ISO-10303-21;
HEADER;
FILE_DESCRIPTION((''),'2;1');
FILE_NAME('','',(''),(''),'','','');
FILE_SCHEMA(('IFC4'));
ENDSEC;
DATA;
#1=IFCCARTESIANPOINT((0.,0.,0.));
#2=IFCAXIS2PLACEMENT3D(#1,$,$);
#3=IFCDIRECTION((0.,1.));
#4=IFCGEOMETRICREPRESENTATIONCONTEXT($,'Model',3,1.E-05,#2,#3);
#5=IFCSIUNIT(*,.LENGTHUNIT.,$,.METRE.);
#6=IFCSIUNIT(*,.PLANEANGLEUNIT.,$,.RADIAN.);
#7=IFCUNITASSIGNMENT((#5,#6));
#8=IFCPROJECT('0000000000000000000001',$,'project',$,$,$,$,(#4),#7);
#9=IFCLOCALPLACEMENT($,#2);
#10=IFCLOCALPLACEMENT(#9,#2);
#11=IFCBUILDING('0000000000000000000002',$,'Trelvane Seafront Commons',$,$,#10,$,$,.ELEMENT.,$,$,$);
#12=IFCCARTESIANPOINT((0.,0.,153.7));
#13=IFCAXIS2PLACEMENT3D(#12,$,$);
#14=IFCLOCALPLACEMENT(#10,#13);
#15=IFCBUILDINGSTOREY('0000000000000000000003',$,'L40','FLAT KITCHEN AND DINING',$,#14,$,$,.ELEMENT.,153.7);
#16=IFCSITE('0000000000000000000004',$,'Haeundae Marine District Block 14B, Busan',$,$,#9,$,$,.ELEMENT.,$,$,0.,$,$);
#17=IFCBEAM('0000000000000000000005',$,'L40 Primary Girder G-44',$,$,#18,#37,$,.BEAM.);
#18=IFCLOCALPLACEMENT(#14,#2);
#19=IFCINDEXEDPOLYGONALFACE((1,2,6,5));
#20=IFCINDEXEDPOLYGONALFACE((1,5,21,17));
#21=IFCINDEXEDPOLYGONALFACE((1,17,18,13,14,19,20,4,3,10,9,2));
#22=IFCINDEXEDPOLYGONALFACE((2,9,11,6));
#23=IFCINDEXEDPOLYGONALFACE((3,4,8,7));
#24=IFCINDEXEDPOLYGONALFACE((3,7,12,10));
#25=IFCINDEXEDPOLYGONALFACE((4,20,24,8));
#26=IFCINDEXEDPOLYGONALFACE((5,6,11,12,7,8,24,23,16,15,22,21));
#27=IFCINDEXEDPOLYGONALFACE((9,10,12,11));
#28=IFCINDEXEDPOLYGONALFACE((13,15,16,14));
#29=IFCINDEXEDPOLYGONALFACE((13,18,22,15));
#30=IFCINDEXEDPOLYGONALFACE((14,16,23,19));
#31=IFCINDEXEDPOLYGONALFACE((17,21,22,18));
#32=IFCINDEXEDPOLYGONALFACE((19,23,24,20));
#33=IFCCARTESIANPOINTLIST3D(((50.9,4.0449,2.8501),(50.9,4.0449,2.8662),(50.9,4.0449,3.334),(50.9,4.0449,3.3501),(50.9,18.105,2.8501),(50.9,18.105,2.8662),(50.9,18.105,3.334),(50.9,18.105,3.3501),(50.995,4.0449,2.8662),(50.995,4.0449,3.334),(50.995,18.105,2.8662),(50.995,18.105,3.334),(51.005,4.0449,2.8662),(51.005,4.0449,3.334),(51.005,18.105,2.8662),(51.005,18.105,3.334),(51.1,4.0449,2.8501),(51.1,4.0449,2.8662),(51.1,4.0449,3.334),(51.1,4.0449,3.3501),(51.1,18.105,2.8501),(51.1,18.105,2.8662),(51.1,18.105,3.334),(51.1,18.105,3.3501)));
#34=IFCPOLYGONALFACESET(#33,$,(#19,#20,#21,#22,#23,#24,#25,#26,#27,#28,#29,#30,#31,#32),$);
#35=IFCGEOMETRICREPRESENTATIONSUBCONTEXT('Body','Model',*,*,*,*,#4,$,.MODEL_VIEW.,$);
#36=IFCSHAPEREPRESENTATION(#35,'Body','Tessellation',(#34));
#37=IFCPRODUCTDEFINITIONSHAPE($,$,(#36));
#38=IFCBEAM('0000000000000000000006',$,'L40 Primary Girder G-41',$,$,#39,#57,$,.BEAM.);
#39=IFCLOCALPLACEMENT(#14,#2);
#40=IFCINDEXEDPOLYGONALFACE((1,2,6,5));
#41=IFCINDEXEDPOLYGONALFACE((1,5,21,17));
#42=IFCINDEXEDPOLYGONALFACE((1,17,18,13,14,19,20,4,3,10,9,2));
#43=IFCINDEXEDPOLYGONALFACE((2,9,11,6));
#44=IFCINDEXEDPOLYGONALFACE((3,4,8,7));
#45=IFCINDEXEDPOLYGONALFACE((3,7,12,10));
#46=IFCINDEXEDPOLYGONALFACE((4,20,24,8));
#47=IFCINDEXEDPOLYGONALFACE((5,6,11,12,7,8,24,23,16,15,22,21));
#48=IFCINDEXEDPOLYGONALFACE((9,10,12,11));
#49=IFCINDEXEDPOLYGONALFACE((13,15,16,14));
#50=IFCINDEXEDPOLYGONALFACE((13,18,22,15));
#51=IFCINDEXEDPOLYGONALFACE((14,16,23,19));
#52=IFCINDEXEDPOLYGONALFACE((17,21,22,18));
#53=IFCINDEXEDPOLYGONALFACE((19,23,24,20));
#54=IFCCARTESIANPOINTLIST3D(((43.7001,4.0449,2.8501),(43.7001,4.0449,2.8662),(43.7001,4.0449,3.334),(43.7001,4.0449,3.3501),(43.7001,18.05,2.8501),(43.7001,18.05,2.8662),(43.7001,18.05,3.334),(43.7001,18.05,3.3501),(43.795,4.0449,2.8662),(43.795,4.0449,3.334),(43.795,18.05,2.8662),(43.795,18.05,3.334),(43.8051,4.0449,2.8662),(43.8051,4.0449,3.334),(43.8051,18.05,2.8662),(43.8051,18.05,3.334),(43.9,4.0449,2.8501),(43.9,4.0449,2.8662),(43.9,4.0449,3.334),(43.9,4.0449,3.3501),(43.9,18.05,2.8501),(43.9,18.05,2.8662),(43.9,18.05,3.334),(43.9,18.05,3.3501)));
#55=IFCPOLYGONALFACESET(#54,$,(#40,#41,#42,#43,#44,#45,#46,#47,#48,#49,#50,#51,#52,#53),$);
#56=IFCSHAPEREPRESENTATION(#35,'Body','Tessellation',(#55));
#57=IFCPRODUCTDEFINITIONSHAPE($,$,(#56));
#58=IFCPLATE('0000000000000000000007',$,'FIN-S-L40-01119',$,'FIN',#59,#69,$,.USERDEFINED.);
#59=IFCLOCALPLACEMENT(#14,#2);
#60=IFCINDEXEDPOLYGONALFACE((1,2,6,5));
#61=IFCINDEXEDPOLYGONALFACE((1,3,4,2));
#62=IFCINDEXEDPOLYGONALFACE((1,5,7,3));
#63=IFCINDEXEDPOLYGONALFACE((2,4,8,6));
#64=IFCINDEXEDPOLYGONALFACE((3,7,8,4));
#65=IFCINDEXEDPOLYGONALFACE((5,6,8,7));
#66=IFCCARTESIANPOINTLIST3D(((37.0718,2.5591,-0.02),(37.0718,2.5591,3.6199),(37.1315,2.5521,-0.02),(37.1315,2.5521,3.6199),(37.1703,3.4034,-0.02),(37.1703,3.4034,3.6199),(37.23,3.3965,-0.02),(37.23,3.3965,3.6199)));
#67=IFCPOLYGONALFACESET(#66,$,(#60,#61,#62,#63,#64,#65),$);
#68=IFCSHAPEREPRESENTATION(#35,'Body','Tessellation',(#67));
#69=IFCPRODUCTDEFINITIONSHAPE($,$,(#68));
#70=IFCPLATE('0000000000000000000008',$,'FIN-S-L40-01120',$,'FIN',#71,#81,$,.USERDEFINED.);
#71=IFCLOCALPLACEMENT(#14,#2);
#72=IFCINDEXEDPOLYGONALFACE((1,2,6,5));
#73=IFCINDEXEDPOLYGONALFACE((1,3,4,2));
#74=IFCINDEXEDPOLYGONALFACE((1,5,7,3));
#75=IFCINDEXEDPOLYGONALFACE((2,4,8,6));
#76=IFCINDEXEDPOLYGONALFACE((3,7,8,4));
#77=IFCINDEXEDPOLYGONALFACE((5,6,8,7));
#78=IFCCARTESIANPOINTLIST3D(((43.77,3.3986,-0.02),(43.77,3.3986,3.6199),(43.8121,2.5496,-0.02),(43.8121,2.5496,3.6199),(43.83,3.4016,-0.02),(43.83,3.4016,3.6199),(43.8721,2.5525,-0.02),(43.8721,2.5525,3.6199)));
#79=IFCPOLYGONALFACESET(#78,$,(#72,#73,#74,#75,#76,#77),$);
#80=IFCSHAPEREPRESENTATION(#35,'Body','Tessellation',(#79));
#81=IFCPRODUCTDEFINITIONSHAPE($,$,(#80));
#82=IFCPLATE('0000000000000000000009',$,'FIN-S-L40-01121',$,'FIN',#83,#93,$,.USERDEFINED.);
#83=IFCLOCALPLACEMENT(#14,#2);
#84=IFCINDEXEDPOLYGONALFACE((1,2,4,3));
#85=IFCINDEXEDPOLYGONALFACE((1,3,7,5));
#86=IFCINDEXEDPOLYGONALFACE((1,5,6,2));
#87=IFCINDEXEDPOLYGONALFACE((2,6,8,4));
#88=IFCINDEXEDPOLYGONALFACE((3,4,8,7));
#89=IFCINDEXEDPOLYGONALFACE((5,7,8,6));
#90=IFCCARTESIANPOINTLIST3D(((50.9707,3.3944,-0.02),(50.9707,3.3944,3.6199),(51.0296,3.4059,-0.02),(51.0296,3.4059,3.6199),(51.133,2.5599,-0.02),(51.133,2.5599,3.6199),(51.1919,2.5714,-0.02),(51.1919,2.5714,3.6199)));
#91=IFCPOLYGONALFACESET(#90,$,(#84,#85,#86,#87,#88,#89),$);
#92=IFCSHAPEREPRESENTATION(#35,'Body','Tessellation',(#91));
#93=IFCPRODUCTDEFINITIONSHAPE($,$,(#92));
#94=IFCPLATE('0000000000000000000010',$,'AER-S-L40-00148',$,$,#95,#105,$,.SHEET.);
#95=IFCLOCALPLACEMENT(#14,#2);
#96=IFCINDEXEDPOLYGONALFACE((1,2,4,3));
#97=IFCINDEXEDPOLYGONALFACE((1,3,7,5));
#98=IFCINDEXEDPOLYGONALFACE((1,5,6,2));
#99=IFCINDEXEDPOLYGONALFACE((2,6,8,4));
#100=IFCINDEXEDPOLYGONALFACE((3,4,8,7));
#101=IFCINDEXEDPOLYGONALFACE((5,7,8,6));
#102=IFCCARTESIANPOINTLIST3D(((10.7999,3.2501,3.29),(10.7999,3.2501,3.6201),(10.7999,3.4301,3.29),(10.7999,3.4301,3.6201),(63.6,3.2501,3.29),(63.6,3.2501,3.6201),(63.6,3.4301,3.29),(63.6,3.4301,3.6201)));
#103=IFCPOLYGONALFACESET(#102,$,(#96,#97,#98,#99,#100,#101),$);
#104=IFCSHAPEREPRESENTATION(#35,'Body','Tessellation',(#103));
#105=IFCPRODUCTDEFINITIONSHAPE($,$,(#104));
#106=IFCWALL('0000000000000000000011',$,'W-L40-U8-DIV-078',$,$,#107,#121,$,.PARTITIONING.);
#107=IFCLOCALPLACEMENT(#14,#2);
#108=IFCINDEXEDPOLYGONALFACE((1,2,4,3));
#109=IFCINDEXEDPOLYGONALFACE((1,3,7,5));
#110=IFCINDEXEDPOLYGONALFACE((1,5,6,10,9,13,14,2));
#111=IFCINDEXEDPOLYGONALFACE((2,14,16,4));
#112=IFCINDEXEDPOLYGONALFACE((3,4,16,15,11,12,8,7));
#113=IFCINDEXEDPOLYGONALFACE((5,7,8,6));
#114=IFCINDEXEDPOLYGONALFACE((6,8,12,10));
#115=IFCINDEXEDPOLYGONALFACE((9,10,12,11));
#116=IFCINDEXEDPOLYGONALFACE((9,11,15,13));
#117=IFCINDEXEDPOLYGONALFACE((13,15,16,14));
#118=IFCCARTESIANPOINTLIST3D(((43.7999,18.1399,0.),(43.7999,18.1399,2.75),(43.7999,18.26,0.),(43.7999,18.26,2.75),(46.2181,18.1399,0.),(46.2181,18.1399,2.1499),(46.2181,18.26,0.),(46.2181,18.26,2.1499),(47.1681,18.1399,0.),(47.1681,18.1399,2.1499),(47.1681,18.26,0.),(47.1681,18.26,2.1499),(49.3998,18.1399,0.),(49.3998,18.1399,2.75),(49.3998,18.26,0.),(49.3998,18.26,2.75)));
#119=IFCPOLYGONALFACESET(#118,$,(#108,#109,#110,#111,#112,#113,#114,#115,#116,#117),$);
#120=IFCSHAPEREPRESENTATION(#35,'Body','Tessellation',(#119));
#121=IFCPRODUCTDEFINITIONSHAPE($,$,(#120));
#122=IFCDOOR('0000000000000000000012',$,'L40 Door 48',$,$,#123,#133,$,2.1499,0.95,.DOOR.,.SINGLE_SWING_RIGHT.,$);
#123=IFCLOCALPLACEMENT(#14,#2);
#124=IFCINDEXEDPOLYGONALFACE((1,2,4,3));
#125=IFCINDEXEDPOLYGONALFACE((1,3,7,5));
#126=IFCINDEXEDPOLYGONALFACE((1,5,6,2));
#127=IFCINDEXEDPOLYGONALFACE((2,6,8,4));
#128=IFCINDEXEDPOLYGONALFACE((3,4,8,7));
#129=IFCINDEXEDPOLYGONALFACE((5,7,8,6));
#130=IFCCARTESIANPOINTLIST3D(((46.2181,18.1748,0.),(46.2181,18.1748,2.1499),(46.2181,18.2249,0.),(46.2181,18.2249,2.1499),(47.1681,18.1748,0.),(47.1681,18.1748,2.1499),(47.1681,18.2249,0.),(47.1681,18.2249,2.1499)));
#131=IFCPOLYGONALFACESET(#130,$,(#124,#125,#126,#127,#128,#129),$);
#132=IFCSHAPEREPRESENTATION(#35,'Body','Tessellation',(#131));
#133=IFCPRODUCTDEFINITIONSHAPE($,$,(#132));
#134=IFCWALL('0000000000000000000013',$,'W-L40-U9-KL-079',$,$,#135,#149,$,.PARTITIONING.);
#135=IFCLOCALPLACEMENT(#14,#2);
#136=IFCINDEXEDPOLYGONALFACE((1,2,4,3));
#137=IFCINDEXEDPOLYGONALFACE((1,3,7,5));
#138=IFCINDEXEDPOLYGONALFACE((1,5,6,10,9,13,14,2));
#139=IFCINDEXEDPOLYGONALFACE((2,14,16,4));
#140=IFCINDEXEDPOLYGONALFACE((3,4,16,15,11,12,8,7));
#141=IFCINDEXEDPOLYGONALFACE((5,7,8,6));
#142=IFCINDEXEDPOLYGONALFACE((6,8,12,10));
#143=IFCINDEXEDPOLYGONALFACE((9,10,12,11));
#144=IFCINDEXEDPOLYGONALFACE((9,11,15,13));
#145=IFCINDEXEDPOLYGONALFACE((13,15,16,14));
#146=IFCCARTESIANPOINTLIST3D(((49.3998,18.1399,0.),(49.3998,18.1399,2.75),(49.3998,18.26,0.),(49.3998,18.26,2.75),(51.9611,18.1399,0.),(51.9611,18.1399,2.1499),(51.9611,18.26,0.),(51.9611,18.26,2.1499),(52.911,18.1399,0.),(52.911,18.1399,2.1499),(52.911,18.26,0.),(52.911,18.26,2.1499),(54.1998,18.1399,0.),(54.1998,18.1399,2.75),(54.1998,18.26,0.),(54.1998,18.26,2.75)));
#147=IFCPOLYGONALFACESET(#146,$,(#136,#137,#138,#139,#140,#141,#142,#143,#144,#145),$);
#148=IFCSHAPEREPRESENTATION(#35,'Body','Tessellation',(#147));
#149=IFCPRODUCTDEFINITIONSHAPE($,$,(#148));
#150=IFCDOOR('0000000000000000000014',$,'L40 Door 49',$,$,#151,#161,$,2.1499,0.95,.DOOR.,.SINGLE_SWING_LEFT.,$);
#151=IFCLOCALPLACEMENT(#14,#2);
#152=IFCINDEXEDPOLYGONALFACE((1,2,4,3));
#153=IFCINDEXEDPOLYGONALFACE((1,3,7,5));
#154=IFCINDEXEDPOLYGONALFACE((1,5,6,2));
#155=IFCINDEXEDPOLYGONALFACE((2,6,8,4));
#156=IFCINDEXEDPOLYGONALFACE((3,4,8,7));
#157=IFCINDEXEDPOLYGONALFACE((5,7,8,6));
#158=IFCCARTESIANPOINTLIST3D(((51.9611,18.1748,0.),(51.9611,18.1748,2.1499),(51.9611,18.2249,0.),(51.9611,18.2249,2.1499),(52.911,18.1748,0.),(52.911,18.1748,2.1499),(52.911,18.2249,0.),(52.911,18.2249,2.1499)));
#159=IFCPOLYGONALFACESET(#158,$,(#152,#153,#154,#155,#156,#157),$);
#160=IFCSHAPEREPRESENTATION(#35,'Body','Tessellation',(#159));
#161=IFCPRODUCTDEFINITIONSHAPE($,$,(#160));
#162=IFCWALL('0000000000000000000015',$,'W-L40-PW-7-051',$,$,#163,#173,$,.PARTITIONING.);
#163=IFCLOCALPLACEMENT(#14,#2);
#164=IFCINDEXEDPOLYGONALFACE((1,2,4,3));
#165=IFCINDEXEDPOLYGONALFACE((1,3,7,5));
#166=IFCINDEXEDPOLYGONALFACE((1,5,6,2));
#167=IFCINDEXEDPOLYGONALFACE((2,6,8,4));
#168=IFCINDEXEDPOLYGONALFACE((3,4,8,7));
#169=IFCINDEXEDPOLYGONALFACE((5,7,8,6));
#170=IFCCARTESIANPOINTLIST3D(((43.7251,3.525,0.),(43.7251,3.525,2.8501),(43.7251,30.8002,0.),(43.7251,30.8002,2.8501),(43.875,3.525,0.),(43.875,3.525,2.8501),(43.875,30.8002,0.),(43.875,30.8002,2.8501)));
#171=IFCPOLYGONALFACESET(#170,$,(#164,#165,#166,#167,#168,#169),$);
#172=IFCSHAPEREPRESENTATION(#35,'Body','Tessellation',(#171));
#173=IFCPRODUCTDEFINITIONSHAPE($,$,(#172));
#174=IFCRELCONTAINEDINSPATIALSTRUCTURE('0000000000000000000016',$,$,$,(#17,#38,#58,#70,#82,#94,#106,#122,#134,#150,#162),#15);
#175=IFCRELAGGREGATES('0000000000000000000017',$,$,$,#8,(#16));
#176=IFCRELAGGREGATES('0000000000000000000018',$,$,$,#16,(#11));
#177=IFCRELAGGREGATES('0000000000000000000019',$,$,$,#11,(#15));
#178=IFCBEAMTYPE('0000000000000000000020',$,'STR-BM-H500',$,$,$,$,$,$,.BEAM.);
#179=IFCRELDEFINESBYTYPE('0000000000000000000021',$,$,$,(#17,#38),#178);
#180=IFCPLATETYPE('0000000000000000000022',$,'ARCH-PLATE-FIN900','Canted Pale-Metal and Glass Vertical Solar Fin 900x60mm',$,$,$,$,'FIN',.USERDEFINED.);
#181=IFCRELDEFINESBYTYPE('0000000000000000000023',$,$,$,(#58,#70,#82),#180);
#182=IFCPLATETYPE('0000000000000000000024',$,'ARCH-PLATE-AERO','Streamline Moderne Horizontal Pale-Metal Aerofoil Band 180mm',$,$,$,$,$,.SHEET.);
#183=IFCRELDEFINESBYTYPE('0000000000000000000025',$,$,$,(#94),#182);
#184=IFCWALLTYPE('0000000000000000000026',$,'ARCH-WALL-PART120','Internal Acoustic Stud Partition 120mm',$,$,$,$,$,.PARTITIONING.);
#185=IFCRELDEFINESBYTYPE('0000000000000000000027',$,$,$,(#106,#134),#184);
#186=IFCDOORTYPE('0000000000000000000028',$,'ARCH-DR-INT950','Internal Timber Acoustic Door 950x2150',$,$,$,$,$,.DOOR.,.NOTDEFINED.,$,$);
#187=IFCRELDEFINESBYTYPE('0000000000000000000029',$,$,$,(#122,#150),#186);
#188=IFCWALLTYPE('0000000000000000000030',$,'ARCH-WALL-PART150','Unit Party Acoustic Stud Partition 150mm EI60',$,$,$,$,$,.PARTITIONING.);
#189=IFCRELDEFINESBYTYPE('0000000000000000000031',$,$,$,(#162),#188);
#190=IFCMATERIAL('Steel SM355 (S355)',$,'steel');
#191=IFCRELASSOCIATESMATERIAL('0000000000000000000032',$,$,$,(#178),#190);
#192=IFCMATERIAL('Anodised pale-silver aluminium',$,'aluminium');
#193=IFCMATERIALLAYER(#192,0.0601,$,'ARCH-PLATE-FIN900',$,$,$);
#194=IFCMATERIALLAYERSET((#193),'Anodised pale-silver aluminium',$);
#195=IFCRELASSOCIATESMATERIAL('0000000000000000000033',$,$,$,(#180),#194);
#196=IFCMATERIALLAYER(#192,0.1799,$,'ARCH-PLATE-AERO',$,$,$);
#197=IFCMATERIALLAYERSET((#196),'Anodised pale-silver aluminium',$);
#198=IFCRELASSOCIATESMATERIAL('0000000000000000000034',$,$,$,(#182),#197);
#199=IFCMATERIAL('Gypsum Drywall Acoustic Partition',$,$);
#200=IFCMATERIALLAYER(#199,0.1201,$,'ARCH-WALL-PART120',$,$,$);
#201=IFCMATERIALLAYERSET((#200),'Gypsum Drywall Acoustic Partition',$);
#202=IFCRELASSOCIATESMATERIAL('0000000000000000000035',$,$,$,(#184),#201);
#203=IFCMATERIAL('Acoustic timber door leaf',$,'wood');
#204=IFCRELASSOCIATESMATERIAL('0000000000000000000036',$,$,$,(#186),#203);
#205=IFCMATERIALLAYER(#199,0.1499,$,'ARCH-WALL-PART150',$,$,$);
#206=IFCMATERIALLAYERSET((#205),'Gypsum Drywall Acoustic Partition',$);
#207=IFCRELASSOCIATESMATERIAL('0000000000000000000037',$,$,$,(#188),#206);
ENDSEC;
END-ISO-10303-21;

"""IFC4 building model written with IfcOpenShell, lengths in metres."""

from ifc_helpers import new_model, si_unit, direction, frame, frame_2d, origin, origin_2d, place, context, subcontext, project, spatial, rectangle, i_section, extrude, source, transform, mapped, material, layer, layer_set, material_profile, profile_set, type_object, element, fill, save


model = new_model("IFC4")

# Units and contexts
model_context = context("Model", 3, precision=1e-05, world=origin(), true_north=direction((0.0, 1.0)))
body_context = subcontext(model_context, "Body", "Model", "MODEL_VIEW")
ifc_project = project(units=[si_unit("LENGTHUNIT", "METRE"), si_unit("PLANEANGLEUNIT", "RADIAN")], contexts=[model_context])

# Site, building, storey
site_placement = place(None, origin())
site = spatial("IfcSite", under=ifc_project, at=site_placement, Name="Haeundae Marine District Block 14B, Busan", CompositionType="ELEMENT", RefElevation=0.0)
building_placement = place(site_placement, origin())
building = spatial("IfcBuilding", under=site, at=building_placement, Name="Trelvane Seafront Commons", CompositionType="ELEMENT")
storey_placement = place(building_placement, frame((0.0, 0.0, 153.7)))
storey = spatial("IfcBuildingStorey", under=building, at=storey_placement, Name="L40", Description="FLAT KITCHEN AND DINING", CompositionType="ELEMENT", Elevation=153.7)

# Shared definitions
ifc_material_1 = material(Name="Steel SM355 (S355)", Category="steel")

# Beams
ifc_material_profile_1 = material_profile(ifc_material_1, i_section(OverallWidth=0.2, OverallDepth=0.5, WebThickness=0.01, FlangeThickness=0.0161, at=origin_2d()), Name="H-500x200x10x16")
ifc_profile_set_1 = profile_set([ifc_material_profile_1], Name="Steel SM355 (S355)")
beam_type_1 = type_object("IfcBeamType", Name="STR-BM-H500", PredefinedType="BEAM", material=ifc_profile_set_1)
shared_shape_1 = source(origin(), body_context, "Body", "SweptSolid", [
    extrude(i_section(OverallWidth=0.2, OverallDepth=0.5, WebThickness=0.01, FlangeThickness=0.0161, at=origin_2d()), origin(), (0.0, 0.0, 1.0), 14.0601),
])
beam_1_placement = place(storey_placement, frame((51.0, 4.0449, 3.1001), z_axis=(0.0, 1.0, 0.0), x_axis=(-1.0, 0.0, 0.0)))
element("IfcBeam", 1, at=beam_1_placement, inside=storey, type_object=beam_type_1, Name="L40 Primary Girder G-44", PredefinedType="BEAM", context=body_context, shape_type="MappedRepresentation", body=[
    mapped(shared_shape_1, transform((0.0, 0.0, 0.0), x_axis=(1.0, 0.0, 0.0), y_axis=(0.0, 1.0, 0.0), z_axis=(0.0, 0.0, 1.0), scale=1.0)),
])
shared_shape_2 = source(origin(), body_context, "Body", "SweptSolid", [
    extrude(i_section(OverallWidth=0.2, OverallDepth=0.5, WebThickness=0.01, FlangeThickness=0.0161, at=origin_2d()), origin(), (0.0, 0.0, 1.0), 14.0051),
])
beam_2_placement = place(storey_placement, frame((43.8, 4.0449, 3.1001), z_axis=(0.0, 1.0, 0.0), x_axis=(-1.0, 0.0, 0.0)))
element("IfcBeam", 2, at=beam_2_placement, inside=storey, type_object=beam_type_1, Name="L40 Primary Girder G-41", PredefinedType="BEAM", context=body_context, shape_type="MappedRepresentation", body=[
    mapped(shared_shape_2, transform((0.0, 0.0, 0.0), x_axis=(1.0, 0.0, 0.0), y_axis=(0.0, 1.0, 0.0), z_axis=(0.0, 0.0, 1.0), scale=1.0)),
])

# Plates
ifc_material_2 = material(Name="Anodised pale-silver aluminium", Category="aluminium")
ifc_layer_1 = layer(ifc_material_2, 0.0601, Name="ARCH-PLATE-FIN900")
ifc_layer_set_1 = layer_set([ifc_layer_1], Name="Anodised pale-silver aluminium")
plate_type_1 = type_object("IfcPlateType", Name="ARCH-PLATE-FIN900", Description="Canted Pale-Metal and Glass Vertical Solar Fin 900x60mm", ElementType="FIN", PredefinedType="USERDEFINED", material=ifc_layer_set_1)
shared_shape_3 = source(origin(), body_context, "Body", "SweptSolid", [
    extrude(rectangle(XDim=0.8501, YDim=0.0601, at=origin_2d()), origin(), (0.0, 0.0, 1.0), 3.6399),
])
for number, where, z_axis, x_axis, name in (
    (3, (37.1509, 2.9778, -0.02), (0.0, 0.0, 1.0), (-0.115879, -0.993263, 0.0), "FIN-S-L40-01119"),
    (4, (43.821, 2.9756, -0.02), (0.0, 0.0, 1.0), (0.049526, -0.998773, 0.0), "FIN-S-L40-01120"),
    (5, (51.0813, 2.9829, -0.02), (0.0, 0.0, 1.0), (0.190932, -0.981603, 0.0), "FIN-S-L40-01121"),
):
    element("IfcPlate", number, at=place(storey_placement, frame(where, z_axis=z_axis, x_axis=x_axis)), inside=storey, type_object=plate_type_1, Name=name, ObjectType="FIN", PredefinedType="USERDEFINED", context=body_context, shape_type="MappedRepresentation", body=[
        mapped(shared_shape_3, transform((0.0, 0.0, 0.0), x_axis=(1.0, 0.0, 0.0), y_axis=(0.0, 1.0, 0.0), z_axis=(0.0, 0.0, 1.0), scale=1.0)),
    ])
ifc_layer_2 = layer(ifc_material_2, 0.1799, Name="ARCH-PLATE-AERO")
ifc_layer_set_2 = layer_set([ifc_layer_2], Name="Anodised pale-silver aluminium")
plate_type_2 = type_object("IfcPlateType", Name="ARCH-PLATE-AERO", Description="Streamline Moderne Horizontal Pale-Metal Aerofoil Band 180mm", PredefinedType="SHEET", material=ifc_layer_set_2)
shared_shape_4 = source(origin(), body_context, "Body", "SweptSolid", [
    extrude(rectangle(XDim=52.8, YDim=0.1799, at=origin_2d()), origin(), (0.0, 0.0, 1.0), 0.3301),
])
plate_placement = place(storey_placement, frame((37.2, 3.3401, 3.29), z_axis=(0.0, 0.0, 1.0), x_axis=(-1.0, 0.0, 0.0)))
element("IfcPlate", 6, at=plate_placement, inside=storey, type_object=plate_type_2, Name="AER-S-L40-00148", PredefinedType="SHEET", context=body_context, shape_type="MappedRepresentation", body=[
    mapped(shared_shape_4, transform((0.0, 0.0, 0.0), x_axis=(1.0, 0.0, 0.0), y_axis=(0.0, 1.0, 0.0), z_axis=(0.0, 0.0, 1.0), scale=1.0)),
])

# Walls, openings, doors
ifc_material_3 = material(Name="Gypsum Drywall Acoustic Partition")
ifc_layer_3 = layer(ifc_material_3, 0.1201, Name="ARCH-WALL-PART120")
ifc_layer_set_3 = layer_set([ifc_layer_3], Name="Gypsum Drywall Acoustic Partition")
wall_type_1 = type_object("IfcWallType", Name="ARCH-WALL-PART120", Description="Internal Acoustic Stud Partition 120mm", PredefinedType="PARTITIONING", material=ifc_layer_set_3)
wall_1_placement = place(storey_placement, frame((43.8, 18.2, 0.0), z_axis=(0.0, 0.0, 1.0), x_axis=(1.0, 0.0, 0.0)))
wall_1 = element("IfcWall", 7, at=wall_1_placement, inside=storey, type_object=wall_type_1, Name="W-L40-U8-DIV-078", PredefinedType="PARTITIONING", context=body_context, shape_type="SweptSolid", body=[
    extrude(rectangle(XDim=5.5999, YDim=0.1201, at=frame_2d((2.7998, 0.0))), origin(), (0.0, 0.0, 1.0), 2.75),
])
opening_1_placement = place(wall_1_placement, frame((2.418, 0.0, 0.0)))
opening_1 = element("IfcOpeningElement", 8, at=opening_1_placement, cuts=wall_1, PredefinedType="OPENING", context=body_context, shape_type="SweptSolid", body=[
    extrude(rectangle(XDim=0.95, YDim=2.1499, at=frame_2d((0.4751, 1.075))), frame((0.0, 0.0701, 0.0), z_axis=(0.0, -1.0, 0.0), x_axis=(1.0, 0.0, 0.0)), (0.0, 0.0, 1.0), 0.1401),
])
ifc_material_4 = material(Name="Acoustic timber door leaf", Category="wood")
door_type = type_object("IfcDoorType", Name="ARCH-DR-INT950", Description="Internal Timber Acoustic Door 950x2150", OperationType="NOTDEFINED", PredefinedType="DOOR", material=ifc_material_4)
shared_shape_5 = source(origin(), body_context, "Body", "SweptSolid", [
    extrude(rectangle(XDim=0.95, YDim=2.1499, at=frame_2d((0.4751, 1.075))), frame((0.0, 0.0249, 0.0), z_axis=(0.0, -1.0, 0.0), x_axis=(1.0, 0.0, 0.0)), (0.0, 0.0, 1.0), 0.05),
])
door_1_placement = place(opening_1_placement, origin())
door_1 = element("IfcDoor", 9, at=door_1_placement, inside=storey, type_object=door_type, Name="L40 Door 48", OperationType="SINGLE_SWING_RIGHT", OverallHeight=2.1499, OverallWidth=0.95, PredefinedType="DOOR", context=body_context, shape_type="MappedRepresentation", body=[
    mapped(shared_shape_5, transform((0.0, 0.0, 0.0), x_axis=(1.0, 0.0, 0.0), y_axis=(0.0, 1.0, 0.0), z_axis=(0.0, 0.0, 1.0), scale=1.0)),
])
fill(opening_1, door_1)
wall_2_placement = place(storey_placement, frame((49.3999, 18.2, 0.0), z_axis=(0.0, 0.0, 1.0), x_axis=(1.0, 0.0, 0.0)))
wall_2 = element("IfcWall", 10, at=wall_2_placement, inside=storey, type_object=wall_type_1, Name="W-L40-U9-KL-079", PredefinedType="PARTITIONING", context=body_context, shape_type="SweptSolid", body=[
    extrude(rectangle(XDim=4.8, YDim=0.1201, at=frame_2d((2.3999, 0.0))), origin(), (0.0, 0.0, 1.0), 2.75),
])
opening_2_placement = place(wall_2_placement, frame((2.561, 0.0, 0.0)))
opening_2 = element("IfcOpeningElement", 11, at=opening_2_placement, cuts=wall_2, PredefinedType="OPENING", context=body_context, shape_type="SweptSolid", body=[
    extrude(rectangle(XDim=0.95, YDim=2.1499, at=frame_2d((0.4751, 1.075))), frame((0.0, 0.0701, 0.0), z_axis=(0.0, -1.0, 0.0), x_axis=(1.0, 0.0, 0.0)), (0.0, 0.0, 1.0), 0.1401),
])
door_2_placement = place(opening_2_placement, origin())
door_2 = element("IfcDoor", 12, at=door_2_placement, inside=storey, type_object=door_type, Name="L40 Door 49", OperationType="SINGLE_SWING_LEFT", OverallHeight=2.1499, OverallWidth=0.95, PredefinedType="DOOR", context=body_context, shape_type="MappedRepresentation", body=[
    mapped(shared_shape_5, transform((0.0, 0.0, 0.0), x_axis=(1.0, 0.0, 0.0), y_axis=(0.0, 1.0, 0.0), z_axis=(0.0, 0.0, 1.0), scale=1.0)),
])
fill(opening_2, door_2)

# Wall
ifc_layer_4 = layer(ifc_material_3, 0.1499, Name="ARCH-WALL-PART150")
ifc_layer_set_4 = layer_set([ifc_layer_4], Name="Gypsum Drywall Acoustic Partition")
wall_type_2 = type_object("IfcWallType", Name="ARCH-WALL-PART150", Description="Unit Party Acoustic Stud Partition 150mm EI60", PredefinedType="PARTITIONING", material=ifc_layer_set_4)
wall_3_placement = place(storey_placement, frame((43.8, 3.5249, 0.0), z_axis=(0.0, 0.0, 1.0), x_axis=(0.0, 1.0, 0.0)))
element("IfcWall", 13, at=wall_3_placement, inside=storey, type_object=wall_type_2, Name="W-L40-PW-7-051", PredefinedType="PARTITIONING", context=body_context, shape_type="SweptSolid", body=[
    extrude(rectangle(XDim=27.2751, YDim=0.1499, at=frame_2d((13.6377, 0.0))), origin(), (0.0, 0.0, 1.0), 2.8501),
])

save(model, "model.ifc")
